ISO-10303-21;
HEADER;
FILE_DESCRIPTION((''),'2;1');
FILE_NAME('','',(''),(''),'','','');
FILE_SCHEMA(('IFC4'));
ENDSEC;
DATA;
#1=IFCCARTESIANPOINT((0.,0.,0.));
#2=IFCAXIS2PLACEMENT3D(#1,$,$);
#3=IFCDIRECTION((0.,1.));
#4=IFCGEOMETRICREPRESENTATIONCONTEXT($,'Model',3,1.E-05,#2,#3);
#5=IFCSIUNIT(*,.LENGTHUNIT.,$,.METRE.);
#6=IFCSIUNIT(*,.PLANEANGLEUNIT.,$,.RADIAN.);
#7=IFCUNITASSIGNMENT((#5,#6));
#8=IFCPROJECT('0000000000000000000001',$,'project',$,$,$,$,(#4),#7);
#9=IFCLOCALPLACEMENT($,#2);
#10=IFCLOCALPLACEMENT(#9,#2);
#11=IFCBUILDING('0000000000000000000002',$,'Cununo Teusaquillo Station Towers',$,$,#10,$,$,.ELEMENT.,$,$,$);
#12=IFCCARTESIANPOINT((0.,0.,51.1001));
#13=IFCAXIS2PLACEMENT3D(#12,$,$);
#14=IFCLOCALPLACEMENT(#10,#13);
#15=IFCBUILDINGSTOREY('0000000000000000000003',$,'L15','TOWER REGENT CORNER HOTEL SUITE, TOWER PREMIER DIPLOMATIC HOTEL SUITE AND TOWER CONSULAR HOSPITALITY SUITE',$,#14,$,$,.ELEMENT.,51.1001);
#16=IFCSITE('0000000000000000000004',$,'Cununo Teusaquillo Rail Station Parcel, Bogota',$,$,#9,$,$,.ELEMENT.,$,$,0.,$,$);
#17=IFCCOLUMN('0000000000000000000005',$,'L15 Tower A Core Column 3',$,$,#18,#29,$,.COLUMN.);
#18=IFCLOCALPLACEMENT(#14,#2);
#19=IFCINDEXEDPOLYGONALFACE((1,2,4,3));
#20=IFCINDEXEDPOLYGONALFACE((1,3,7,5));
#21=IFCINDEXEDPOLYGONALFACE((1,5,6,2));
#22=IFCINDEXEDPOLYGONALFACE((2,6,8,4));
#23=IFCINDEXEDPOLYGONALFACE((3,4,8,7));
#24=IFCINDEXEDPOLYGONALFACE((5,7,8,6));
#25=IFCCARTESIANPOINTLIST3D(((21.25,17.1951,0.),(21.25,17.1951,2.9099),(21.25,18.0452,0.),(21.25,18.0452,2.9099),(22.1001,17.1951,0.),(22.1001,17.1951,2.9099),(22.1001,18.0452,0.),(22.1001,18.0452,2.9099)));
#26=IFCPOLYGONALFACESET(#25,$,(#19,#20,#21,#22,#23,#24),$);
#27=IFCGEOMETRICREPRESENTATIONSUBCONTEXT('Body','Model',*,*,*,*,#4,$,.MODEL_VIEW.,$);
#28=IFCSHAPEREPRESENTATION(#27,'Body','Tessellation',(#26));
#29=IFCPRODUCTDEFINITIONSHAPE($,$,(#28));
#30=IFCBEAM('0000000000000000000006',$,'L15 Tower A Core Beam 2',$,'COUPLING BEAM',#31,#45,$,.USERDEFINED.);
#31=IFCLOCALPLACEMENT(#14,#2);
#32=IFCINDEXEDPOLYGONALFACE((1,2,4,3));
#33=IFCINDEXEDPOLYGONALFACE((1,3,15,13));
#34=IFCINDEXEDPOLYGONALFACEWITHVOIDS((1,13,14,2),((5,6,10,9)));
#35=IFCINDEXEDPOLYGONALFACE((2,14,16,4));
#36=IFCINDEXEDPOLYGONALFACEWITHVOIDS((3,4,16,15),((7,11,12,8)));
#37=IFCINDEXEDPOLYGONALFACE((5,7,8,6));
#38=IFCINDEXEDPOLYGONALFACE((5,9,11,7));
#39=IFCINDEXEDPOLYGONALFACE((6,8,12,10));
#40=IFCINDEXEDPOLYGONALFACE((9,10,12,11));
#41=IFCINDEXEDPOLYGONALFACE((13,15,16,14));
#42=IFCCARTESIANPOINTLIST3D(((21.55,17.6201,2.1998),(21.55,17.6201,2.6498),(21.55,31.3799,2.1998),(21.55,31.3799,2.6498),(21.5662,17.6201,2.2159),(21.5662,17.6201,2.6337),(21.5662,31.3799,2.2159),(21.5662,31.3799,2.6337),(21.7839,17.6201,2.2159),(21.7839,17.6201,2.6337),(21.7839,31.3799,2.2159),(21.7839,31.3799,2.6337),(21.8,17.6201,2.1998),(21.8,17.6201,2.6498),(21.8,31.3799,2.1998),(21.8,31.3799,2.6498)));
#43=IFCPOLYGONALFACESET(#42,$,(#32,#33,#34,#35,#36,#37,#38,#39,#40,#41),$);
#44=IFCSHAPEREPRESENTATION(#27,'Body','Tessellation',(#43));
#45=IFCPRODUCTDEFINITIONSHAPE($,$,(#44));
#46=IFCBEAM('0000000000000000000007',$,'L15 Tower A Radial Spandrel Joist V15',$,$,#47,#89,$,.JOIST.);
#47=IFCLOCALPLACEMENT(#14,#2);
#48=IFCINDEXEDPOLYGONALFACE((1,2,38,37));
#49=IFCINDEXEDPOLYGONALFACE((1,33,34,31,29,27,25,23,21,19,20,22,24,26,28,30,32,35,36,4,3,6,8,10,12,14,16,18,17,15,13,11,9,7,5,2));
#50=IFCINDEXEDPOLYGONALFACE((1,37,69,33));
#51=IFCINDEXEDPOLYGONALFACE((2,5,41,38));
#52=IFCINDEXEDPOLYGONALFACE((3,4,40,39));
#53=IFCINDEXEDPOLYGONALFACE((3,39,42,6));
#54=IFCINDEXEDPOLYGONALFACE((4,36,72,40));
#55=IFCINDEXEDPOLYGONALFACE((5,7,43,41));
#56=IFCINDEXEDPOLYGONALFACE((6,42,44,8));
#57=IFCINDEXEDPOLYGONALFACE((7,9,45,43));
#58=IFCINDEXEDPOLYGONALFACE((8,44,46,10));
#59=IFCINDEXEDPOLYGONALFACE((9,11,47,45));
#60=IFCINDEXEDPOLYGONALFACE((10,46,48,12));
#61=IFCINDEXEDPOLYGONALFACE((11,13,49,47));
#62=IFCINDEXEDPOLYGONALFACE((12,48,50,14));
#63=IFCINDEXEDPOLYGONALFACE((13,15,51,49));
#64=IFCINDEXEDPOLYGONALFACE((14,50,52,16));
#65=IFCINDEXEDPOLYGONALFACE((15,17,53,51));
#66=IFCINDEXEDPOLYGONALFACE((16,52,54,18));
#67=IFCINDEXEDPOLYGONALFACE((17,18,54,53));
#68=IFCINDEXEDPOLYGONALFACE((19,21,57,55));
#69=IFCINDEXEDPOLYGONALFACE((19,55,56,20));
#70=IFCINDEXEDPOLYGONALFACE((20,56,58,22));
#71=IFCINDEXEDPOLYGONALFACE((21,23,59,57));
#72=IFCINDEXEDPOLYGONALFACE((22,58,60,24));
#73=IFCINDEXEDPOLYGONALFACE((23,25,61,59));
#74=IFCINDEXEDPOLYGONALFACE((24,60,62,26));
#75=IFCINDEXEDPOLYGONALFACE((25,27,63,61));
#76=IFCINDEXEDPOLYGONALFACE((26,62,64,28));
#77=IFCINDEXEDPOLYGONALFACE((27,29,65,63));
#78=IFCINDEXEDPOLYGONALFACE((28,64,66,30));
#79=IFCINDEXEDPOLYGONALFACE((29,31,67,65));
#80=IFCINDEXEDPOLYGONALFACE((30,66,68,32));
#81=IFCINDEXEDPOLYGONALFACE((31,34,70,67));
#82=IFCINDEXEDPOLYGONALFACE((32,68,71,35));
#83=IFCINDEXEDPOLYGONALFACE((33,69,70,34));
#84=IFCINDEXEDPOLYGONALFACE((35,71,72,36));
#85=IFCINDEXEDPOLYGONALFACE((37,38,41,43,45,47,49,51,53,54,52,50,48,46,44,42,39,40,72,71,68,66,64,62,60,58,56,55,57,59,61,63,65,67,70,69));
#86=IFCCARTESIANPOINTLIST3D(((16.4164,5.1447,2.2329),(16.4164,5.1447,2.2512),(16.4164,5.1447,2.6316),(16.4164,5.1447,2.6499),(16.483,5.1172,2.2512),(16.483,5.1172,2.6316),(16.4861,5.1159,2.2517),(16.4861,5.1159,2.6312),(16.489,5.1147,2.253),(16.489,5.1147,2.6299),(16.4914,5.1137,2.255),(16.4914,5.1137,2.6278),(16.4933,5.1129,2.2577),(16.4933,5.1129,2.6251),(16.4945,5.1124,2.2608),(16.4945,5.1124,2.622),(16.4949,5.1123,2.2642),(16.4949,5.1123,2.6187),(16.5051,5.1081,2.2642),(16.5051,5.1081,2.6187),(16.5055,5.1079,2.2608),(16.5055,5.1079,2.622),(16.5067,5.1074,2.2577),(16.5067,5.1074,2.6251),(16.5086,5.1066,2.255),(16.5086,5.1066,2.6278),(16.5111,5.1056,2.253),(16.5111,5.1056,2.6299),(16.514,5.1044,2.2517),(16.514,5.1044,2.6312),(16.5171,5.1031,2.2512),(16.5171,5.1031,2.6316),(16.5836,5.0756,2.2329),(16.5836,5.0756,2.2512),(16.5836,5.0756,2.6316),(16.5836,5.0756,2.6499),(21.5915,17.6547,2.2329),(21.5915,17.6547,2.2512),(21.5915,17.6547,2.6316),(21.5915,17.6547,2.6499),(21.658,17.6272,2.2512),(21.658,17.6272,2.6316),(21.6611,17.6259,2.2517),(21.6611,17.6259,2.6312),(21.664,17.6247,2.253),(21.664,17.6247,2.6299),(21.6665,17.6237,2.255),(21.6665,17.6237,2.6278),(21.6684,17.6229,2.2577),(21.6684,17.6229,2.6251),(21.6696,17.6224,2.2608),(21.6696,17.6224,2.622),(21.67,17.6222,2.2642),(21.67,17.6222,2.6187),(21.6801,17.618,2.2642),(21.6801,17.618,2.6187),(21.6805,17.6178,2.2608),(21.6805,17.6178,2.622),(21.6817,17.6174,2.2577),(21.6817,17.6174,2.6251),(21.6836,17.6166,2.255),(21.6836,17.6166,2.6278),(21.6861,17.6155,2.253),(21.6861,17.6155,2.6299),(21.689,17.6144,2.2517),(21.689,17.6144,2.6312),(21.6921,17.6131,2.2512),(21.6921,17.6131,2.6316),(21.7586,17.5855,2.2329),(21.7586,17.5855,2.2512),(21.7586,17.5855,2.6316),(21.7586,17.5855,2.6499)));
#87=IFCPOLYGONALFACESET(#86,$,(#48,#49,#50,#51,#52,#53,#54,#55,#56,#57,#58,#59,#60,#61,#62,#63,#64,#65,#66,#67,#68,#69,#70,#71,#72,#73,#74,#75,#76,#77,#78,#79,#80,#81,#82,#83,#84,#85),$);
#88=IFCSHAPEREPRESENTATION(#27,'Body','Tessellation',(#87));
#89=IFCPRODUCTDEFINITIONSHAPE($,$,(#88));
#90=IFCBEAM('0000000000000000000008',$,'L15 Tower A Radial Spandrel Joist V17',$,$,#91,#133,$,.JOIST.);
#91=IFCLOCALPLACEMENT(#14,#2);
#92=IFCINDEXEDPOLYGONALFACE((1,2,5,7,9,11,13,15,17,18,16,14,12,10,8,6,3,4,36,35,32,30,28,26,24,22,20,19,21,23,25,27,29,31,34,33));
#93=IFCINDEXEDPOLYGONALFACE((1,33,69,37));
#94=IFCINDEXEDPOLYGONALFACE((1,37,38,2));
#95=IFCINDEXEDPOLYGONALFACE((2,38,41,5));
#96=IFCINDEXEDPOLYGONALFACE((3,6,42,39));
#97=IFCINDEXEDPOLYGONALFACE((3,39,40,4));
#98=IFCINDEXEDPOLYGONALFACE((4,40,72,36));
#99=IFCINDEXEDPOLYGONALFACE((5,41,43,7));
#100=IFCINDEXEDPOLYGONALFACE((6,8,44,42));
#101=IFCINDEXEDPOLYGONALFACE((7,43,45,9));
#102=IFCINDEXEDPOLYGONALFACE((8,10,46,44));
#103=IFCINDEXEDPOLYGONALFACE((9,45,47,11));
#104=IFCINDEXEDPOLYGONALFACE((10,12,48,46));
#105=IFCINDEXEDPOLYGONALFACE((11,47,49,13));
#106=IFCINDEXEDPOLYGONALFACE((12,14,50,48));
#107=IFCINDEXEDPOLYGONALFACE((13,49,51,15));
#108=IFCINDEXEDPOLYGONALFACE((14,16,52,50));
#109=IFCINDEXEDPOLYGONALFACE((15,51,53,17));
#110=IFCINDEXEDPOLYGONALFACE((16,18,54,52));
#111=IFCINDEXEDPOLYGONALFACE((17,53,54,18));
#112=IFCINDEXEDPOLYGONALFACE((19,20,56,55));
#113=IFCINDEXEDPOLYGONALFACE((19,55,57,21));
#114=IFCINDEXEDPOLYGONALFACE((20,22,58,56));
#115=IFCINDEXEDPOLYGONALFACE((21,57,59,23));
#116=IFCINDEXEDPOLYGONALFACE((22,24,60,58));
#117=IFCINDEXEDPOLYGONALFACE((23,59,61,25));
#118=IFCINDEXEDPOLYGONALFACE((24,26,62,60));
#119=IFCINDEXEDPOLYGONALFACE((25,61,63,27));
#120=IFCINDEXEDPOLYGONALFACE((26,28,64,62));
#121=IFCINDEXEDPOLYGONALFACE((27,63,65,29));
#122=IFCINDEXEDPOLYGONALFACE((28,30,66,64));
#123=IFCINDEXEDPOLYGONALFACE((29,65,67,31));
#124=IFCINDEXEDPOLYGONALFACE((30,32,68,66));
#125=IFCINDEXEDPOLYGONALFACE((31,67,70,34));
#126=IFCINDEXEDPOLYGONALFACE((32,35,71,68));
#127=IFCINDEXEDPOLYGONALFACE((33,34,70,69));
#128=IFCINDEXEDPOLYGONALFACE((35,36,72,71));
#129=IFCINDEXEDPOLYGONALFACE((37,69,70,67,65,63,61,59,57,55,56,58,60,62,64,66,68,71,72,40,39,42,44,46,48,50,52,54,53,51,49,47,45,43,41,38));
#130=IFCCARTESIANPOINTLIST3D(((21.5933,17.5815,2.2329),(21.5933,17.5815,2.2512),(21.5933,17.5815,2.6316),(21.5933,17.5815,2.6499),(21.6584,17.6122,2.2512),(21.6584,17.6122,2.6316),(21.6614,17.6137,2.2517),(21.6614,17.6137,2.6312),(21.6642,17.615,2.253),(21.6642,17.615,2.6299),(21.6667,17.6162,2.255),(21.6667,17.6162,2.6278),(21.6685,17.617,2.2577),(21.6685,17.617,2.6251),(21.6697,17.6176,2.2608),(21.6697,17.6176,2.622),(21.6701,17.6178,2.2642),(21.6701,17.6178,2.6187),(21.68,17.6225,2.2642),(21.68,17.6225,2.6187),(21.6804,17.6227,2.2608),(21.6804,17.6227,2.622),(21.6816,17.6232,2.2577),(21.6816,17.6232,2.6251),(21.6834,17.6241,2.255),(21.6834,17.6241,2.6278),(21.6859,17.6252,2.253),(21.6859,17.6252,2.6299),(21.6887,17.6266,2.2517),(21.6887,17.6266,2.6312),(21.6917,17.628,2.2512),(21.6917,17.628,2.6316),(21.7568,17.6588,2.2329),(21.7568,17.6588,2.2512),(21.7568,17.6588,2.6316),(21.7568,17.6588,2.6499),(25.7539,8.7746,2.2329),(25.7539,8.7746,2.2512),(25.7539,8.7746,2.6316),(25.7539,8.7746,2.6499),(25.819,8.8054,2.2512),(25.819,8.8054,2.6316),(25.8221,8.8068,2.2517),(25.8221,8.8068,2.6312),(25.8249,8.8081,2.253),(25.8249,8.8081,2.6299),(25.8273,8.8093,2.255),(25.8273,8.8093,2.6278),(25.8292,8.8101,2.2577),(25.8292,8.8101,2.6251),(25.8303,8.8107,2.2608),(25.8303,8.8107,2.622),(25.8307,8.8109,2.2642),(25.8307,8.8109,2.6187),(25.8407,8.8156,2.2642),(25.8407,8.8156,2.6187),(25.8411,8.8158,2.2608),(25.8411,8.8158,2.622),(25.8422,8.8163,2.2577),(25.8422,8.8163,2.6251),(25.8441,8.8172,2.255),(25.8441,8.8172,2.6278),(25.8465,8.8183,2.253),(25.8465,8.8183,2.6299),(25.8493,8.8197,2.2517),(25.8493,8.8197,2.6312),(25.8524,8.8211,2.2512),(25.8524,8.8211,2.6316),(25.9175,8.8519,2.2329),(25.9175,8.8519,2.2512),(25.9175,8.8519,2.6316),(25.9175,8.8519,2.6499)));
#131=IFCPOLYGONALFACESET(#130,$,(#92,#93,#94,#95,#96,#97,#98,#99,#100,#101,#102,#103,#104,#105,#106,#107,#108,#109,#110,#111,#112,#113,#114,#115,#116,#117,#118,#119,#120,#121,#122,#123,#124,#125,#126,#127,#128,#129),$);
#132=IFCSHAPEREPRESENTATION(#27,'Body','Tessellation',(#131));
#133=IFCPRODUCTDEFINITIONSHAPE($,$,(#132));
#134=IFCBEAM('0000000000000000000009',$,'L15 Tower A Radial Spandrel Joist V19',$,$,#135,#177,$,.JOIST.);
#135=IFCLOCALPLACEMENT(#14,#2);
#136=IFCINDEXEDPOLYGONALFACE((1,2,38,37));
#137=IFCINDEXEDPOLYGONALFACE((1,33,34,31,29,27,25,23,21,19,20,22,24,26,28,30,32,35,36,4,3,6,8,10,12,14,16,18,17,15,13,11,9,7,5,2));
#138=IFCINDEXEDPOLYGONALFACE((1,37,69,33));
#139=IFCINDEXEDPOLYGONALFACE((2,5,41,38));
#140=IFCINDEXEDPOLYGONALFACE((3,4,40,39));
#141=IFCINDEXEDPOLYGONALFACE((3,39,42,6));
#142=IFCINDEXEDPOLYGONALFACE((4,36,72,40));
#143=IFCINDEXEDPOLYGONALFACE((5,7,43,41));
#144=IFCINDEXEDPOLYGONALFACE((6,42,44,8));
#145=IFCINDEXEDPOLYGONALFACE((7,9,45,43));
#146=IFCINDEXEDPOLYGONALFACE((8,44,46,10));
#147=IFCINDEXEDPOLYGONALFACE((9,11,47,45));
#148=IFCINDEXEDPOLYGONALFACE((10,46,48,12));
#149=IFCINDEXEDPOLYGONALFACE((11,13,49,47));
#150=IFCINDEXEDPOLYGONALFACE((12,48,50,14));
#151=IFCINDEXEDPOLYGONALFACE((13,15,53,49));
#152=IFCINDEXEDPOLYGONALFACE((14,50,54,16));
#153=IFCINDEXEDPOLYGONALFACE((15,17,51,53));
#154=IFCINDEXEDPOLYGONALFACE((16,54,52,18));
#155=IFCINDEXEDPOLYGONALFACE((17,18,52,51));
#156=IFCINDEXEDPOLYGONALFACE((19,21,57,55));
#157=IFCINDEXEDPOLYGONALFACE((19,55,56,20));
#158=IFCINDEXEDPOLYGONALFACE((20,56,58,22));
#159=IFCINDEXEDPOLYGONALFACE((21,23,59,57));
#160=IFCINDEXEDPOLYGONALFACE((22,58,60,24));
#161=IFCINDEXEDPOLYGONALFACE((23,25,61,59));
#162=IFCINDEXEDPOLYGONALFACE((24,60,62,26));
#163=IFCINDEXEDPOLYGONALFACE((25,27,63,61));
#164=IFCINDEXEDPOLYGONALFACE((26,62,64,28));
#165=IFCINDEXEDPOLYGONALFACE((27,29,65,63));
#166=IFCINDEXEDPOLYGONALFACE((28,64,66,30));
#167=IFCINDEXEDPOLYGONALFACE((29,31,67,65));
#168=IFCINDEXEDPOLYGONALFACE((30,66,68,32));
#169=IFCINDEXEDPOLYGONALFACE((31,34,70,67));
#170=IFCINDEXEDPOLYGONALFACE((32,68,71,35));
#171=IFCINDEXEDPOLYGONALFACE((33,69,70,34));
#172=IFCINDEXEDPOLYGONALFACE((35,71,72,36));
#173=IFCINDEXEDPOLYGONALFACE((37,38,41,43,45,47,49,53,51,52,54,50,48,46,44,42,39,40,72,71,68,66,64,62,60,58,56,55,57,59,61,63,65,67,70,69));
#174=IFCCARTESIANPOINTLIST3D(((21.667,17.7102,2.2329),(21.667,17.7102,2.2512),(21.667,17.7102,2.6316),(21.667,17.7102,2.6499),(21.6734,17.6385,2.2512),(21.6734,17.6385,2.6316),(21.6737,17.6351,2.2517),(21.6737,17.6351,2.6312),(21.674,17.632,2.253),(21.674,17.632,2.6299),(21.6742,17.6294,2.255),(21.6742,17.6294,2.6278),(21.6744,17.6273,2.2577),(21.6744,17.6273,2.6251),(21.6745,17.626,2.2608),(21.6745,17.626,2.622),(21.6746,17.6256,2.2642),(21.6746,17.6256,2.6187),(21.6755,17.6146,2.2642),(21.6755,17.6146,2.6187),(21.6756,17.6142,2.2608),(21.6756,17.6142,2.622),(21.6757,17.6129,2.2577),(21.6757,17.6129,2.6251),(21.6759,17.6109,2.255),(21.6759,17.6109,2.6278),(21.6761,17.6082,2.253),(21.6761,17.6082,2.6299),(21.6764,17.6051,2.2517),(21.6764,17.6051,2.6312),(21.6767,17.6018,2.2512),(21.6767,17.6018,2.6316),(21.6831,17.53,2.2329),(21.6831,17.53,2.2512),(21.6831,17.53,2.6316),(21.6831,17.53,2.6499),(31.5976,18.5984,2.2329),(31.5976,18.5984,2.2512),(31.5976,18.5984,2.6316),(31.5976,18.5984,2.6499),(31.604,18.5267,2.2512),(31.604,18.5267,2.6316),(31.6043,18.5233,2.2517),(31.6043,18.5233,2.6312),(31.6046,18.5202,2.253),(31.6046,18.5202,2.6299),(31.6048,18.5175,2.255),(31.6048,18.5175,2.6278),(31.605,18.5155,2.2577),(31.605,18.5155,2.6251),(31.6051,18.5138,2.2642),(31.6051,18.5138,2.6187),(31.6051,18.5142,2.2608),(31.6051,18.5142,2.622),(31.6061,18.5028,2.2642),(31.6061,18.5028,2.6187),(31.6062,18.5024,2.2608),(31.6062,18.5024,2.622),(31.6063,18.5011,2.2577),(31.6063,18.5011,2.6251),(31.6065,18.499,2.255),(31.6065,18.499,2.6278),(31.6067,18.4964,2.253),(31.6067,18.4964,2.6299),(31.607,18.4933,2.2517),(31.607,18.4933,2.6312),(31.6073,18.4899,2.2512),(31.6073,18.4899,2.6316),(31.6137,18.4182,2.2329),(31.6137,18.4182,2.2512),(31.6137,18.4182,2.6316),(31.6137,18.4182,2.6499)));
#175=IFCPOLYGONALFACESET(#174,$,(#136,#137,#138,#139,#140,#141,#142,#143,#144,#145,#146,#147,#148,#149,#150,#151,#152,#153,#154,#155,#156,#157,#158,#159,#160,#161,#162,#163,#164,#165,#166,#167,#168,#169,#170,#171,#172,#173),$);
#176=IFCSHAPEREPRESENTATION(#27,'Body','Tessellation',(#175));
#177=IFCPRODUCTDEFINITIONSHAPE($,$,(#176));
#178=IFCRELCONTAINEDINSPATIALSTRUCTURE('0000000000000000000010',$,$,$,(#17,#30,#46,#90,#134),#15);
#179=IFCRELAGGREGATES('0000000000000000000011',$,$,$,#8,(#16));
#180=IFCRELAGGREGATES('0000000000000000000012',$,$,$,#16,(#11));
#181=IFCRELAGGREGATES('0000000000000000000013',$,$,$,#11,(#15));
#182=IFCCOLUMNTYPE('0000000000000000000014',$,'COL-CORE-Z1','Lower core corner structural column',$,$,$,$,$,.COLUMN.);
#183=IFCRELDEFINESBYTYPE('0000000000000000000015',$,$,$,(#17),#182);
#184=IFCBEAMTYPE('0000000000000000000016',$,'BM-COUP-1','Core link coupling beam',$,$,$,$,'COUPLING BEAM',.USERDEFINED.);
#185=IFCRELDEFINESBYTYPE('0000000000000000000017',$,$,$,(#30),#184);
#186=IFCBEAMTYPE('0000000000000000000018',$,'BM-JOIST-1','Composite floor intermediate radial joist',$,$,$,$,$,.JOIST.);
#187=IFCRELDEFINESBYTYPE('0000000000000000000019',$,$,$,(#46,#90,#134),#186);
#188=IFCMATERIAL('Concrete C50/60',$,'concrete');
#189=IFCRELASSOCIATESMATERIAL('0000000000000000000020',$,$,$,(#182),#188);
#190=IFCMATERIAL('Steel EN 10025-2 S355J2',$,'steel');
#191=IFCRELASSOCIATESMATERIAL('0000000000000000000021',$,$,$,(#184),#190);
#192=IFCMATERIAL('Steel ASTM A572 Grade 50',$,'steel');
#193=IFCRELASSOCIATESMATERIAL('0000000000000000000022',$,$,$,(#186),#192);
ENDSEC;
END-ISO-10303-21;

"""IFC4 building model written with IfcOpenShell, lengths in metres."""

from ifc_helpers import new_model, si_unit, direction, frame, origin, origin_2d, place, context, subcontext, project, spatial, rectangle, hollow_rectangle, i_section, extrude, material, material_profile, profile_set, type_object, element, save


model = new_model("IFC4")

# Units and contexts
model_context = context("Model", 3, precision=1e-05, world=origin(), true_north=direction((0.0, 1.0)))
body_context = subcontext(model_context, "Body", "Model", "MODEL_VIEW")
ifc_project = project(units=[si_unit("LENGTHUNIT", "METRE"), si_unit("PLANEANGLEUNIT", "RADIAN")], contexts=[model_context])

# Site, building, storey
site_placement = place(None, origin())
site = spatial("IfcSite", under=ifc_project, at=site_placement, Name="Cununo Teusaquillo Rail Station Parcel, Bogota", CompositionType="ELEMENT", RefElevation=0.0)
building_placement = place(site_placement, origin())
building = spatial("IfcBuilding", under=site, at=building_placement, Name="Cununo Teusaquillo Station Towers", CompositionType="ELEMENT")
storey_placement = place(building_placement, frame((0.0, 0.0, 51.1001)))
storey = spatial("IfcBuildingStorey", under=building, at=storey_placement, Name="L15", Description="TOWER REGENT CORNER HOTEL SUITE, TOWER PREMIER DIPLOMATIC HOTEL SUITE AND TOWER CONSULAR HOSPITALITY SUITE", CompositionType="ELEMENT", Elevation=51.1001)

# Column
ifc_material_1 = material(Name="Concrete C50/60", Category="concrete")
ifc_material_profile_1 = material_profile(ifc_material_1, rectangle(XDim=0.8501, YDim=0.8501, at=origin_2d()), Name="RC-RECT-850x850")
ifc_profile_set_1 = profile_set([ifc_material_profile_1], Name="Concrete C50/60")
column_type = type_object("IfcColumnType", Name="COL-CORE-Z1", Description="Lower core corner structural column", PredefinedType="COLUMN", material=ifc_profile_set_1)
column_placement = place(storey_placement, frame((21.675, 17.6201, 0.0), z_axis=(0.0, 0.0, 1.0), x_axis=(1.0, 0.0, 0.0)))
element("IfcColumn", 1, at=column_placement, inside=storey, type_object=column_type, Name="L15 Tower A Core Column 3", PredefinedType="COLUMN", context=body_context, shape_type="SweptSolid", body=[
    extrude(rectangle(XDim=0.8501, YDim=0.8501, at=origin_2d()), origin(), (0.0, 0.0, 1.0), 2.9099),
])

# Beams
ifc_material_2 = material(Name="Steel EN 10025-2 S355J2", Category="steel")
ifc_material_profile_2 = material_profile(ifc_material_2, hollow_rectangle(XDim=0.25, YDim=0.45, WallThickness=0.0161, at=origin_2d()), Name="RHS 450x250x16")
ifc_profile_set_2 = profile_set([ifc_material_profile_2], Name="Steel EN 10025-2 S355J2")
beam_type_1 = type_object("IfcBeamType", Name="BM-COUP-1", Description="Core link coupling beam", ElementType="COUPLING BEAM", PredefinedType="USERDEFINED", material=ifc_profile_set_2)
beam_1_placement = place(storey_placement, frame((21.675, 17.6201, 2.4248), z_axis=(0.0, 1.0, 0.0), x_axis=(-1.0, 0.0, 0.0)))
element("IfcBeam", 2, at=beam_1_placement, inside=storey, type_object=beam_type_1, Name="L15 Tower A Core Beam 2", ObjectType="COUPLING BEAM", PredefinedType="USERDEFINED", context=body_context, shape_type="SweptSolid", body=[
    extrude(hollow_rectangle(XDim=0.25, YDim=0.45, WallThickness=0.0161, at=origin_2d()), origin(), (0.0, 0.0, 1.0), 13.7598),
])
ifc_material_3 = material(Name="Steel ASTM A572 Grade 50", Category="steel")
ifc_material_profile_3 = material_profile(ifc_material_3, i_section(OverallWidth=0.1809, OverallDepth=0.417, WebThickness=0.011, FlangeThickness=0.0183, FilletRadius=0.0129, at=origin_2d()), Name="W16X57")
ifc_profile_set_3 = profile_set([ifc_material_profile_3], Name="Steel ASTM A572 Grade 50")
beam_type_2 = type_object("IfcBeamType", Name="BM-JOIST-1", Description="Composite floor intermediate radial joist", PredefinedType="JOIST", material=ifc_profile_set_3)
beam_2_placement = place(storey_placement, frame((21.675, 17.6201, 2.4414), z_axis=(-0.382257, -0.924056, 0.0), x_axis=(0.924056, -0.382257, 0.0)))
element("IfcBeam", 3, at=beam_2_placement, inside=storey, type_object=beam_type_2, Name="L15 Tower A Radial Spandrel Joist V15", PredefinedType="JOIST", context=body_context, shape_type="SweptSolid", body=[
    extrude(i_section(OverallWidth=0.1809, OverallDepth=0.417, WebThickness=0.011, FlangeThickness=0.0183, FilletRadius=0.0129, at=origin_2d()), origin(), (0.0, 0.0, 1.0), 13.5381),
])
beam_3_placement = place(storey_placement, frame((21.675, 17.6201, 2.4414), z_axis=(0.427161, -0.904176, 0.0), x_axis=(0.904176, 0.427161, 0.0)))
element("IfcBeam", 4, at=beam_3_placement, inside=storey, type_object=beam_type_2, Name="L15 Tower A Radial Spandrel Joist V17", PredefinedType="JOIST", context=body_context, shape_type="SweptSolid", body=[
    extrude(i_section(OverallWidth=0.1809, OverallDepth=0.417, WebThickness=0.011, FlangeThickness=0.0183, FilletRadius=0.0129, at=origin_2d()), origin(), (0.0, 0.0, 1.0), 9.7402),
])
beam_4_placement = place(storey_placement, frame((21.675, 17.6201, 2.4414), z_axis=(0.996024, 0.089083, 0.0), x_axis=(-0.089083, 0.996024, 0.0)))
element("IfcBeam", 5, at=beam_4_placement, inside=storey, type_object=beam_type_2, Name="L15 Tower A Radial Spandrel Joist V19", PredefinedType="JOIST", context=body_context, shape_type="SweptSolid", body=[
    extrude(i_section(OverallWidth=0.1809, OverallDepth=0.417, WebThickness=0.011, FlangeThickness=0.0183, FilletRadius=0.0129, at=origin_2d()), origin(), (0.0, 0.0, 1.0), 9.9702),
])

save(model, "model.ifc")
